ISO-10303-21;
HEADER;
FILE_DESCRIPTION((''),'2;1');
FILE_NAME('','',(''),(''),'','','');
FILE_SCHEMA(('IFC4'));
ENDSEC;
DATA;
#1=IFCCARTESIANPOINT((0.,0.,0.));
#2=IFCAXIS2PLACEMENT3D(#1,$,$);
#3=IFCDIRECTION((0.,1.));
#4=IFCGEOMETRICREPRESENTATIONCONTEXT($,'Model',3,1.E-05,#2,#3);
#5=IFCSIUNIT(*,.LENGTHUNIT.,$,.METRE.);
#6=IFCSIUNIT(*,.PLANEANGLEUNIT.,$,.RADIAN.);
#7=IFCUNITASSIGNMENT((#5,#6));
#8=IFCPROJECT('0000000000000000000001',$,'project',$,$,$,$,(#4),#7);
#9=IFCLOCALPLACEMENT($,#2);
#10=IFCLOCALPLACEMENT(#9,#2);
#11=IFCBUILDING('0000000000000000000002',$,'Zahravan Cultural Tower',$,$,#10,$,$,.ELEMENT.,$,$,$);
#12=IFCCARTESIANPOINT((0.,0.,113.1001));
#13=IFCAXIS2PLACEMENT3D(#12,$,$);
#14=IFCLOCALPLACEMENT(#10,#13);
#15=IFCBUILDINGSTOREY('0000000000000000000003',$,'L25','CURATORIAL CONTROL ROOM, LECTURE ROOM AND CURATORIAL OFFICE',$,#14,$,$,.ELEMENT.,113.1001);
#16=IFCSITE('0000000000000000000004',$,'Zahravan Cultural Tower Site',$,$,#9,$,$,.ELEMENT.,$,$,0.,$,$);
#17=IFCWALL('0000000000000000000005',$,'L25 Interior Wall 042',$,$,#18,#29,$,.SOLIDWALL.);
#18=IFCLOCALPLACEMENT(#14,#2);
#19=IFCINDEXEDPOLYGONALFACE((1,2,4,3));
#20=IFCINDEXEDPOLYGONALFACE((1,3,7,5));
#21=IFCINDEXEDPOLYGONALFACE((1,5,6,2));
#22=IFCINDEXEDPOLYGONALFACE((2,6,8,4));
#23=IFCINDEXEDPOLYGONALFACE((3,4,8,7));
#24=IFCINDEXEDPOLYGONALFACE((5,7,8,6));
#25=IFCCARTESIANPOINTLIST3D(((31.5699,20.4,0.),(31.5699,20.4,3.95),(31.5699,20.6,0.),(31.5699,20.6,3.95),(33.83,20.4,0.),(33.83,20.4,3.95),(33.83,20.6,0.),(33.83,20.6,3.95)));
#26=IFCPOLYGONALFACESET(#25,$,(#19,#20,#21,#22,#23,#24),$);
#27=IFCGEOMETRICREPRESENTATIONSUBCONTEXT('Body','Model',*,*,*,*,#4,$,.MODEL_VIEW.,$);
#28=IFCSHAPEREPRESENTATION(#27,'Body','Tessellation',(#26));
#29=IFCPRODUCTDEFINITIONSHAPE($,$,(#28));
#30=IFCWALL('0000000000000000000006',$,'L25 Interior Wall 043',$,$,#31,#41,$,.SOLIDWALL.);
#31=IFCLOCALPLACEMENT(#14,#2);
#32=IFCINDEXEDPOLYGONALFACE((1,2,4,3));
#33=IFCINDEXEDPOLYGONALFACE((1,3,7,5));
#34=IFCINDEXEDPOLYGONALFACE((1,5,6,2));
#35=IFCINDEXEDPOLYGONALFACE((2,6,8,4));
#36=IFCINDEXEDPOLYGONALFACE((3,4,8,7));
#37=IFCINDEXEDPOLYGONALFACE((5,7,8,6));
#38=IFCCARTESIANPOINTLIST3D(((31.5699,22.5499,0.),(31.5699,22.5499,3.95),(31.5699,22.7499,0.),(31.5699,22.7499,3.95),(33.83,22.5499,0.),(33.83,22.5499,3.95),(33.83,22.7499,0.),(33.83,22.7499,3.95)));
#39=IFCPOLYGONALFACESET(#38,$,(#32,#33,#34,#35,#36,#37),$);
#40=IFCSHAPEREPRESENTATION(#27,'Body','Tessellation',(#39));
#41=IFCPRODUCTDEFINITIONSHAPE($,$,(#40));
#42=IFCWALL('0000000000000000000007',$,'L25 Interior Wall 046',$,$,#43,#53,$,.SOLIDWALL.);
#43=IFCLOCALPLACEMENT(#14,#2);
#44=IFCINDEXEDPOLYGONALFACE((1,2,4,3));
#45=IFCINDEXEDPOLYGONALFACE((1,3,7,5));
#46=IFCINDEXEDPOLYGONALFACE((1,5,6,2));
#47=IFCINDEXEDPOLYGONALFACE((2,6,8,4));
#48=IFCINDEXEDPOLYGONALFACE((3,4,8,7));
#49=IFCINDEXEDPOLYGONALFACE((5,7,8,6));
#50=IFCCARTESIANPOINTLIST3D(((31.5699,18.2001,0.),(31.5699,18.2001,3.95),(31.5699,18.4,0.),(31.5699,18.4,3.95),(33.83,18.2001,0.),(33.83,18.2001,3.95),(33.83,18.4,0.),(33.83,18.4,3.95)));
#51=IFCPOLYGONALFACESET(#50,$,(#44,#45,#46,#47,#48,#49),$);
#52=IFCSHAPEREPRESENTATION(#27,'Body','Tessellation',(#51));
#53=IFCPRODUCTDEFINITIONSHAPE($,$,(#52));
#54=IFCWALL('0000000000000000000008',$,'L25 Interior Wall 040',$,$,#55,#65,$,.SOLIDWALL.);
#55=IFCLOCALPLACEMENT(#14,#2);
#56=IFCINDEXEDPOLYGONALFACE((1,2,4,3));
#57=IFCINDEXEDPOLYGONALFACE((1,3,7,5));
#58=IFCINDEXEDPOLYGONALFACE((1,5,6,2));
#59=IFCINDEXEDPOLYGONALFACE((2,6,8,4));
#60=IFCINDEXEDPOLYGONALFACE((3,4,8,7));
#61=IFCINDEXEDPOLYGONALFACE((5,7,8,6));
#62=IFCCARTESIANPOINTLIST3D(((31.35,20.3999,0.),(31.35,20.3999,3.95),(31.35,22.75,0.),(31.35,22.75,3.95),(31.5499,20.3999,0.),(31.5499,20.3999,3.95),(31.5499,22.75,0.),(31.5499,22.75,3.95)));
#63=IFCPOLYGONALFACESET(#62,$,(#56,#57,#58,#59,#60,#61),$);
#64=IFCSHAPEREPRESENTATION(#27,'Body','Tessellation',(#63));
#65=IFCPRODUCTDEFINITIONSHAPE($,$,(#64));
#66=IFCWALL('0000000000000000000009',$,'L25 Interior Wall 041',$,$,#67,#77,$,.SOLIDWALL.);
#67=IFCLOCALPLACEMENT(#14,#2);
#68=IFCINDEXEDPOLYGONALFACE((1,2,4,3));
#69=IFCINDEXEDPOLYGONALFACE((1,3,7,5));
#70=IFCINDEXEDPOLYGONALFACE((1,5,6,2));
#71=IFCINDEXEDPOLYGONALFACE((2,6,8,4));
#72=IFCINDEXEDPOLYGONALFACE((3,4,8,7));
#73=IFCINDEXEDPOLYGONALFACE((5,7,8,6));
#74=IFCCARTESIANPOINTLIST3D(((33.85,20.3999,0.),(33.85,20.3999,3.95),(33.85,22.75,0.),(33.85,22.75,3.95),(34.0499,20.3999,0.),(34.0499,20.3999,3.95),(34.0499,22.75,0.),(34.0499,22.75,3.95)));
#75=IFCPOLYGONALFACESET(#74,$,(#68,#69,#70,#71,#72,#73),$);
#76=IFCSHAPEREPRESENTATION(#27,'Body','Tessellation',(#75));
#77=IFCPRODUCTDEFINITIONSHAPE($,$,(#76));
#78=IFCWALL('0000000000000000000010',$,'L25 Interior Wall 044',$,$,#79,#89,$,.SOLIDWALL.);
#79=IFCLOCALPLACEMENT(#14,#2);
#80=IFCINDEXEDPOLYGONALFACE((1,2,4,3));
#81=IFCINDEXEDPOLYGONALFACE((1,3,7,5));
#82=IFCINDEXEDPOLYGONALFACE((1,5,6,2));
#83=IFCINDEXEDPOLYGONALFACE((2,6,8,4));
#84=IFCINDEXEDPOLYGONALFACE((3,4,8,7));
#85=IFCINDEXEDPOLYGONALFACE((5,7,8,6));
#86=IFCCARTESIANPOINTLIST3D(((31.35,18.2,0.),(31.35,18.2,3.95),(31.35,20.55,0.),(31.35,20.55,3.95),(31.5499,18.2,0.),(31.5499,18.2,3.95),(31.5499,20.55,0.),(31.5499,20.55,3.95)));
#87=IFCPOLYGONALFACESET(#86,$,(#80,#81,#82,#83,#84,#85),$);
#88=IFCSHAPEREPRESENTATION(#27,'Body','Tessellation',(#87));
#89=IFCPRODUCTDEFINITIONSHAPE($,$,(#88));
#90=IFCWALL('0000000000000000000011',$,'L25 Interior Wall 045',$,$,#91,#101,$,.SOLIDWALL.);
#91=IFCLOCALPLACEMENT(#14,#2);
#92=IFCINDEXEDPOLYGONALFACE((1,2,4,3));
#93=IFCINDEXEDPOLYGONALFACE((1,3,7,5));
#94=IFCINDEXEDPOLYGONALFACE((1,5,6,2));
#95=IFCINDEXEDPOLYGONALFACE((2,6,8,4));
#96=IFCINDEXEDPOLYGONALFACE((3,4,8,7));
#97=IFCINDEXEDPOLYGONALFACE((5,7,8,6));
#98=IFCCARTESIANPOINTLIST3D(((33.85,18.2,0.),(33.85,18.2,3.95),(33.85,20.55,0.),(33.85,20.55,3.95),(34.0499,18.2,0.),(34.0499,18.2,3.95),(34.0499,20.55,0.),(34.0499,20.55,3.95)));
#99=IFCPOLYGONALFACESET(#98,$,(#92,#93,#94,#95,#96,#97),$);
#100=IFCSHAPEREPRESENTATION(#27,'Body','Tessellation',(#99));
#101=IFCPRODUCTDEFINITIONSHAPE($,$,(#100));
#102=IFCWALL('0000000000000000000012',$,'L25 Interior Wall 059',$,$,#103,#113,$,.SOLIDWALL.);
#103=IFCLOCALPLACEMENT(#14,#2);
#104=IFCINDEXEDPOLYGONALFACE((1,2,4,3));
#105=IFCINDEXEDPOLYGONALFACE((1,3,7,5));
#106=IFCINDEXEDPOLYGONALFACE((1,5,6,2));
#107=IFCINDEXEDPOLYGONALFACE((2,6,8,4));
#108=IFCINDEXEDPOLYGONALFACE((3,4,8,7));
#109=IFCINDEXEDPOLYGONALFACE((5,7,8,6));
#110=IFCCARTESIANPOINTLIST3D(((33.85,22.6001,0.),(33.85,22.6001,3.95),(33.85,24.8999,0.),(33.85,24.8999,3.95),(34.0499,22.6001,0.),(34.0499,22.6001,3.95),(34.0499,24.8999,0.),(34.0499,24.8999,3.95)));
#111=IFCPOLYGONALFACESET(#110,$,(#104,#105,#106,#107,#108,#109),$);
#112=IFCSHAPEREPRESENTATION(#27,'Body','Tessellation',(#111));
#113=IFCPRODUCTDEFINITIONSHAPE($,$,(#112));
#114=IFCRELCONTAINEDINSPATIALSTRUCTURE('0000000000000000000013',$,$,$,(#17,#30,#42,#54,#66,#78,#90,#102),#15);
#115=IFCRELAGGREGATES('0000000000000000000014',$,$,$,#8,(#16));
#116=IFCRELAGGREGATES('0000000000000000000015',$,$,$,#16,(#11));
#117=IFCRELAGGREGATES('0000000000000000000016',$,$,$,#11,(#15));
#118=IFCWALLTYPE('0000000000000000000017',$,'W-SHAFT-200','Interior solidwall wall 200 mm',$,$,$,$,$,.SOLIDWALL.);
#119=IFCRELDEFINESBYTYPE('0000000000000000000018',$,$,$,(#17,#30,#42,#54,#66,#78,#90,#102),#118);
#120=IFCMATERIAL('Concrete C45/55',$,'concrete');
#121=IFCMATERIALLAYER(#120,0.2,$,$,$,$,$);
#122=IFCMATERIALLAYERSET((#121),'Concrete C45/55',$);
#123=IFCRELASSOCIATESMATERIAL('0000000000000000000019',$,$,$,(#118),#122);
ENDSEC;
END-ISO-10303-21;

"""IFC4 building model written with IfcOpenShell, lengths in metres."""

from ifc_helpers import new_model, si_unit, direction, frame, frame_2d, origin, place, context, subcontext, project, spatial, rectangle, extrude, source, transform, mapped, material, layer, layer_set, type_object, element, save


model = new_model("IFC4")

# Units and contexts
model_context = context("Model", 3, precision=1e-05, world=origin(), true_north=direction((0.0, 1.0)))
body_context = subcontext(model_context, "Body", "Model", "MODEL_VIEW")
ifc_project = project(units=[si_unit("LENGTHUNIT", "METRE"), si_unit("PLANEANGLEUNIT", "RADIAN")], contexts=[model_context])

# Site, building, storey
site_placement = place(None, origin())
site = spatial("IfcSite", under=ifc_project, at=site_placement, Name="Zahravan Cultural Tower Site", CompositionType="ELEMENT", RefElevation=0.0)
building_placement = place(site_placement, origin())
building = spatial("IfcBuilding", under=site, at=building_placement, Name="Zahravan Cultural Tower", CompositionType="ELEMENT")
storey_placement = place(building_placement, frame((0.0, 0.0, 113.1001)))
storey = spatial("IfcBuildingStorey", under=building, at=storey_placement, Name="L25", Description="CURATORIAL CONTROL ROOM, LECTURE ROOM AND CURATORIAL OFFICE", CompositionType="ELEMENT", Elevation=113.1001)

# Shared definitions
ifc_material_1 = material(Name="Concrete C45/55", Category="concrete")
ifc_layer_1 = layer(ifc_material_1, 0.2)
ifc_layer_set_1 = layer_set([ifc_layer_1], Name="Concrete C45/55")
wall_type = type_object("IfcWallType", Name="W-SHAFT-200", Description="Interior solidwall wall 200 mm", PredefinedType="SOLIDWALL", material=ifc_layer_set_1)

# Walls
shared_shape_1 = source(origin(), body_context, "Body", "SweptSolid", [
    extrude(rectangle(XDim=2.26, YDim=0.2, at=frame_2d((1.1299, 0.0))), origin(), (0.0, 0.0, 1.0), 3.95),
])
for number, where, z_axis, x_axis, name in (
    (1, (31.5701, 20.5, 0.0), (0.0, 0.0, 1.0), (1.0, 0.0, 0.0), "L25 Interior Wall 042"),
    (2, (31.5701, 22.6499, 0.0), (0.0, 0.0, 1.0), (1.0, 0.0, 0.0), "L25 Interior Wall 043"),
    (3, (31.5701, 18.3, 0.0), (0.0, 0.0, 1.0), (1.0, 0.0, 0.0), "L25 Interior Wall 046"),
):
    element("IfcWall", number, at=place(storey_placement, frame(where, z_axis=z_axis, x_axis=x_axis)), inside=storey, type_object=wall_type, Name=name, PredefinedType="SOLIDWALL", context=body_context, shape_type="MappedRepresentation", body=[
        mapped(shared_shape_1, transform((0.0, 0.0, 0.0), x_axis=(1.0, 0.0, 0.0), y_axis=(0.0, 1.0, 0.0), z_axis=(0.0, 0.0, 1.0), scale=1.0)),
    ])
shared_shape_2 = source(origin(), body_context, "Body", "SweptSolid", [
    extrude(rectangle(XDim=2.3501, YDim=0.2, at=frame_2d((1.175, 0.0))), origin(), (0.0, 0.0, 1.0), 3.95),
])
for number, where, z_axis, x_axis, name in (
    (4, (31.45, 20.3999, 0.0), (0.0, 0.0, 1.0), (0.0, 1.0, 0.0), "L25 Interior Wall 040"),
    (5, (33.95, 20.3999, 0.0), (0.0, 0.0, 1.0), (0.0, 1.0, 0.0), "L25 Interior Wall 041"),
    (6, (31.45, 18.2, 0.0), (0.0, 0.0, 1.0), (0.0, 1.0, 0.0), "L25 Interior Wall 044"),
    (7, (33.95, 18.2, 0.0), (0.0, 0.0, 1.0), (0.0, 1.0, 0.0), "L25 Interior Wall 045"),
):
    element("IfcWall", number, at=place(storey_placement, frame(where, z_axis=z_axis, x_axis=x_axis)), inside=storey, type_object=wall_type, Name=name, PredefinedType="SOLIDWALL", context=body_context, shape_type="MappedRepresentation", body=[
        mapped(shared_shape_2, transform((0.0, 0.0, 0.0), x_axis=(1.0, 0.0, 0.0), y_axis=(0.0, 1.0, 0.0), z_axis=(0.0, 0.0, 1.0), scale=1.0)),
    ])
shared_shape_3 = source(origin(), body_context, "Body", "SweptSolid", [
    extrude(rectangle(XDim=2.2998, YDim=0.2, at=frame_2d((1.1499, 0.0))), origin(), (0.0, 0.0, 1.0), 3.95),
])
wall_1_placement = place(storey_placement, frame((33.95, 22.6001, 0.0), z_axis=(0.0, 0.0, 1.0), x_axis=(0.0, 1.0, 0.0)))
element("IfcWall", 8, at=wall_1_placement, inside=storey, type_object=wall_type, Name="L25 Interior Wall 059", PredefinedType="SOLIDWALL", context=body_context, shape_type="MappedRepresentation", body=[
    mapped(shared_shape_3, transform((0.0, 0.0, 0.0), x_axis=(1.0, 0.0, 0.0), y_axis=(0.0, 1.0, 0.0), z_axis=(0.0, 0.0, 1.0), scale=1.0)),
])

save(model, "model.ifc")
